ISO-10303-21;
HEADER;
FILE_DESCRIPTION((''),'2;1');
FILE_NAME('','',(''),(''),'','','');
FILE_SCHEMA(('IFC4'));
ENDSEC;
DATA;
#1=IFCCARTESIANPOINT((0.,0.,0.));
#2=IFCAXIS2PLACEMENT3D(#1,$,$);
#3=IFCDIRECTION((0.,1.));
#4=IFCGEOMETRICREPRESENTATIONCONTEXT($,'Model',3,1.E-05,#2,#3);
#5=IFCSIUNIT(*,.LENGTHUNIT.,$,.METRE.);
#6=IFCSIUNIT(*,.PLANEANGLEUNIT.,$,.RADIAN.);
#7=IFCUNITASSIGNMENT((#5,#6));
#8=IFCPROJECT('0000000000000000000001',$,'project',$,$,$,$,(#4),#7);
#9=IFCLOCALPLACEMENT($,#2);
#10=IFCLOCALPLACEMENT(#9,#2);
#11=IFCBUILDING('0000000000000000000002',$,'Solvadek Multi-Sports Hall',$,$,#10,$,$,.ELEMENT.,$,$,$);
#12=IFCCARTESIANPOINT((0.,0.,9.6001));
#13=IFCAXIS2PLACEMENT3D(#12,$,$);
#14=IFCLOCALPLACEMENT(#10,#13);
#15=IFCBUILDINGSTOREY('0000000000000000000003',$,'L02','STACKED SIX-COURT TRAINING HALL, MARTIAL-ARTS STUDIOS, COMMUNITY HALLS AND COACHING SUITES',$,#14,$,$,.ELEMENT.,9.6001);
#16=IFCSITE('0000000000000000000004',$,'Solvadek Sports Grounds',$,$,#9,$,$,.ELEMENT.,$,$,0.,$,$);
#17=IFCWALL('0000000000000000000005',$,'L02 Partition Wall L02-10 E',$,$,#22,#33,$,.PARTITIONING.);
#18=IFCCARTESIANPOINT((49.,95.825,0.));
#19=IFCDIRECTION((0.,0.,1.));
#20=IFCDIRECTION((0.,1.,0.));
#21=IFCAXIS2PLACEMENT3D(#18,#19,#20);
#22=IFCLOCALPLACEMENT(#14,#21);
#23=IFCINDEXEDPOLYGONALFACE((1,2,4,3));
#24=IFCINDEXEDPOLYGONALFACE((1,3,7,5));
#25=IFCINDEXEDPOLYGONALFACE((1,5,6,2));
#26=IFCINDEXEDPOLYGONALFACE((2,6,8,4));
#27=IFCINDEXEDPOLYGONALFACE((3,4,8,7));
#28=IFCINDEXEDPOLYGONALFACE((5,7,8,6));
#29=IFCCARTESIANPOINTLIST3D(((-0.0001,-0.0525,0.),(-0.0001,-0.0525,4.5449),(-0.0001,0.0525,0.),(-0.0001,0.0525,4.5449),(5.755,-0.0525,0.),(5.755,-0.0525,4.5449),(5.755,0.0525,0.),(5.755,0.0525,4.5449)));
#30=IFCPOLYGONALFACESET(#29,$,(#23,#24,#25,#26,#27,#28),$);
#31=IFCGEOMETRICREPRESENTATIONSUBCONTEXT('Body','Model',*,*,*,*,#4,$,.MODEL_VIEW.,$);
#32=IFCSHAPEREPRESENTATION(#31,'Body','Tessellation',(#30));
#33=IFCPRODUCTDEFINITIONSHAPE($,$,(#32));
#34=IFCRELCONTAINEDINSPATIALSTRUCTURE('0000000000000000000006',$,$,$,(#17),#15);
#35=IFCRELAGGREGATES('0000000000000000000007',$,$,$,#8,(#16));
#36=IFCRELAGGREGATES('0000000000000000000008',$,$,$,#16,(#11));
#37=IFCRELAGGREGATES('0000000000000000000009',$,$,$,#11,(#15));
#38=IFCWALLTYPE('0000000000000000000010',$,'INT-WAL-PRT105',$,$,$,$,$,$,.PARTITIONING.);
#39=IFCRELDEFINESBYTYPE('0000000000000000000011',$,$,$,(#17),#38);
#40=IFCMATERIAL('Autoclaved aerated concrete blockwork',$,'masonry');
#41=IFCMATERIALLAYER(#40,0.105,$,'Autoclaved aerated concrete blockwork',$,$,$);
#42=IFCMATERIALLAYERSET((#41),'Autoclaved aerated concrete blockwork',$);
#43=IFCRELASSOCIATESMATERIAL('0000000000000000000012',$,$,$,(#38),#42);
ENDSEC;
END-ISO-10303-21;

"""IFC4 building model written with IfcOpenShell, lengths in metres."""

from ifc_helpers import new_model, si_unit, direction, frame, frame_2d, origin, place, context, subcontext, project, spatial, rectangle, extrude, material, layer, layer_set, type_object, element, save


model = new_model("IFC4")

# Units and contexts
model_context = context("Model", 3, precision=1e-05, world=origin(), true_north=direction((0.0, 1.0)))
body_context = subcontext(model_context, "Body", "Model", "MODEL_VIEW")
ifc_project = project(units=[si_unit("LENGTHUNIT", "METRE"), si_unit("PLANEANGLEUNIT", "RADIAN")], contexts=[model_context])

# Site, building, storey
site_placement = place(None, origin())
site = spatial("IfcSite", under=ifc_project, at=site_placement, Name="Solvadek Sports Grounds", CompositionType="ELEMENT", RefElevation=0.0)
building_placement = place(site_placement, origin())
building = spatial("IfcBuilding", under=site, at=building_placement, Name="Solvadek Multi-Sports Hall", CompositionType="ELEMENT")
storey_placement = place(building_placement, frame((0.0, 0.0, 9.6001)))
storey = spatial("IfcBuildingStorey", under=building, at=storey_placement, Name="L02", Description="STACKED SIX-COURT TRAINING HALL, MARTIAL-ARTS STUDIOS, COMMUNITY HALLS AND COACHING SUITES", CompositionType="ELEMENT", Elevation=9.6001)

# Shared definitions
ifc_material_1 = material(Name="Autoclaved aerated concrete blockwork", Category="masonry")
ifc_layer_1 = layer(ifc_material_1, 0.105, Name="Autoclaved aerated concrete blockwork")
ifc_layer_set_1 = layer_set([ifc_layer_1], Name="Autoclaved aerated concrete blockwork")
wall_type_1 = type_object("IfcWallType", Name="INT-WAL-PRT105", PredefinedType="PARTITIONING", material=ifc_layer_set_1)

# Wall
wall_1_placement = place(storey_placement, frame((49.0, 95.825, 0.0), z_axis=(0.0, 0.0, 1.0), x_axis=(0.0, 1.0, 0.0)))
element("IfcWall", 1, at=wall_1_placement, inside=storey, type_object=wall_type_1, Name="L02 Partition Wall L02-10 E", PredefinedType="PARTITIONING", context=body_context, shape_type="SweptSolid", body=[
    extrude(rectangle(XDim=5.7551, YDim=0.105, at=frame_2d((2.8774, 0.0))), origin(), (0.0, 0.0, 1.0), 4.5449),
])

save(model, "model.ifc")
